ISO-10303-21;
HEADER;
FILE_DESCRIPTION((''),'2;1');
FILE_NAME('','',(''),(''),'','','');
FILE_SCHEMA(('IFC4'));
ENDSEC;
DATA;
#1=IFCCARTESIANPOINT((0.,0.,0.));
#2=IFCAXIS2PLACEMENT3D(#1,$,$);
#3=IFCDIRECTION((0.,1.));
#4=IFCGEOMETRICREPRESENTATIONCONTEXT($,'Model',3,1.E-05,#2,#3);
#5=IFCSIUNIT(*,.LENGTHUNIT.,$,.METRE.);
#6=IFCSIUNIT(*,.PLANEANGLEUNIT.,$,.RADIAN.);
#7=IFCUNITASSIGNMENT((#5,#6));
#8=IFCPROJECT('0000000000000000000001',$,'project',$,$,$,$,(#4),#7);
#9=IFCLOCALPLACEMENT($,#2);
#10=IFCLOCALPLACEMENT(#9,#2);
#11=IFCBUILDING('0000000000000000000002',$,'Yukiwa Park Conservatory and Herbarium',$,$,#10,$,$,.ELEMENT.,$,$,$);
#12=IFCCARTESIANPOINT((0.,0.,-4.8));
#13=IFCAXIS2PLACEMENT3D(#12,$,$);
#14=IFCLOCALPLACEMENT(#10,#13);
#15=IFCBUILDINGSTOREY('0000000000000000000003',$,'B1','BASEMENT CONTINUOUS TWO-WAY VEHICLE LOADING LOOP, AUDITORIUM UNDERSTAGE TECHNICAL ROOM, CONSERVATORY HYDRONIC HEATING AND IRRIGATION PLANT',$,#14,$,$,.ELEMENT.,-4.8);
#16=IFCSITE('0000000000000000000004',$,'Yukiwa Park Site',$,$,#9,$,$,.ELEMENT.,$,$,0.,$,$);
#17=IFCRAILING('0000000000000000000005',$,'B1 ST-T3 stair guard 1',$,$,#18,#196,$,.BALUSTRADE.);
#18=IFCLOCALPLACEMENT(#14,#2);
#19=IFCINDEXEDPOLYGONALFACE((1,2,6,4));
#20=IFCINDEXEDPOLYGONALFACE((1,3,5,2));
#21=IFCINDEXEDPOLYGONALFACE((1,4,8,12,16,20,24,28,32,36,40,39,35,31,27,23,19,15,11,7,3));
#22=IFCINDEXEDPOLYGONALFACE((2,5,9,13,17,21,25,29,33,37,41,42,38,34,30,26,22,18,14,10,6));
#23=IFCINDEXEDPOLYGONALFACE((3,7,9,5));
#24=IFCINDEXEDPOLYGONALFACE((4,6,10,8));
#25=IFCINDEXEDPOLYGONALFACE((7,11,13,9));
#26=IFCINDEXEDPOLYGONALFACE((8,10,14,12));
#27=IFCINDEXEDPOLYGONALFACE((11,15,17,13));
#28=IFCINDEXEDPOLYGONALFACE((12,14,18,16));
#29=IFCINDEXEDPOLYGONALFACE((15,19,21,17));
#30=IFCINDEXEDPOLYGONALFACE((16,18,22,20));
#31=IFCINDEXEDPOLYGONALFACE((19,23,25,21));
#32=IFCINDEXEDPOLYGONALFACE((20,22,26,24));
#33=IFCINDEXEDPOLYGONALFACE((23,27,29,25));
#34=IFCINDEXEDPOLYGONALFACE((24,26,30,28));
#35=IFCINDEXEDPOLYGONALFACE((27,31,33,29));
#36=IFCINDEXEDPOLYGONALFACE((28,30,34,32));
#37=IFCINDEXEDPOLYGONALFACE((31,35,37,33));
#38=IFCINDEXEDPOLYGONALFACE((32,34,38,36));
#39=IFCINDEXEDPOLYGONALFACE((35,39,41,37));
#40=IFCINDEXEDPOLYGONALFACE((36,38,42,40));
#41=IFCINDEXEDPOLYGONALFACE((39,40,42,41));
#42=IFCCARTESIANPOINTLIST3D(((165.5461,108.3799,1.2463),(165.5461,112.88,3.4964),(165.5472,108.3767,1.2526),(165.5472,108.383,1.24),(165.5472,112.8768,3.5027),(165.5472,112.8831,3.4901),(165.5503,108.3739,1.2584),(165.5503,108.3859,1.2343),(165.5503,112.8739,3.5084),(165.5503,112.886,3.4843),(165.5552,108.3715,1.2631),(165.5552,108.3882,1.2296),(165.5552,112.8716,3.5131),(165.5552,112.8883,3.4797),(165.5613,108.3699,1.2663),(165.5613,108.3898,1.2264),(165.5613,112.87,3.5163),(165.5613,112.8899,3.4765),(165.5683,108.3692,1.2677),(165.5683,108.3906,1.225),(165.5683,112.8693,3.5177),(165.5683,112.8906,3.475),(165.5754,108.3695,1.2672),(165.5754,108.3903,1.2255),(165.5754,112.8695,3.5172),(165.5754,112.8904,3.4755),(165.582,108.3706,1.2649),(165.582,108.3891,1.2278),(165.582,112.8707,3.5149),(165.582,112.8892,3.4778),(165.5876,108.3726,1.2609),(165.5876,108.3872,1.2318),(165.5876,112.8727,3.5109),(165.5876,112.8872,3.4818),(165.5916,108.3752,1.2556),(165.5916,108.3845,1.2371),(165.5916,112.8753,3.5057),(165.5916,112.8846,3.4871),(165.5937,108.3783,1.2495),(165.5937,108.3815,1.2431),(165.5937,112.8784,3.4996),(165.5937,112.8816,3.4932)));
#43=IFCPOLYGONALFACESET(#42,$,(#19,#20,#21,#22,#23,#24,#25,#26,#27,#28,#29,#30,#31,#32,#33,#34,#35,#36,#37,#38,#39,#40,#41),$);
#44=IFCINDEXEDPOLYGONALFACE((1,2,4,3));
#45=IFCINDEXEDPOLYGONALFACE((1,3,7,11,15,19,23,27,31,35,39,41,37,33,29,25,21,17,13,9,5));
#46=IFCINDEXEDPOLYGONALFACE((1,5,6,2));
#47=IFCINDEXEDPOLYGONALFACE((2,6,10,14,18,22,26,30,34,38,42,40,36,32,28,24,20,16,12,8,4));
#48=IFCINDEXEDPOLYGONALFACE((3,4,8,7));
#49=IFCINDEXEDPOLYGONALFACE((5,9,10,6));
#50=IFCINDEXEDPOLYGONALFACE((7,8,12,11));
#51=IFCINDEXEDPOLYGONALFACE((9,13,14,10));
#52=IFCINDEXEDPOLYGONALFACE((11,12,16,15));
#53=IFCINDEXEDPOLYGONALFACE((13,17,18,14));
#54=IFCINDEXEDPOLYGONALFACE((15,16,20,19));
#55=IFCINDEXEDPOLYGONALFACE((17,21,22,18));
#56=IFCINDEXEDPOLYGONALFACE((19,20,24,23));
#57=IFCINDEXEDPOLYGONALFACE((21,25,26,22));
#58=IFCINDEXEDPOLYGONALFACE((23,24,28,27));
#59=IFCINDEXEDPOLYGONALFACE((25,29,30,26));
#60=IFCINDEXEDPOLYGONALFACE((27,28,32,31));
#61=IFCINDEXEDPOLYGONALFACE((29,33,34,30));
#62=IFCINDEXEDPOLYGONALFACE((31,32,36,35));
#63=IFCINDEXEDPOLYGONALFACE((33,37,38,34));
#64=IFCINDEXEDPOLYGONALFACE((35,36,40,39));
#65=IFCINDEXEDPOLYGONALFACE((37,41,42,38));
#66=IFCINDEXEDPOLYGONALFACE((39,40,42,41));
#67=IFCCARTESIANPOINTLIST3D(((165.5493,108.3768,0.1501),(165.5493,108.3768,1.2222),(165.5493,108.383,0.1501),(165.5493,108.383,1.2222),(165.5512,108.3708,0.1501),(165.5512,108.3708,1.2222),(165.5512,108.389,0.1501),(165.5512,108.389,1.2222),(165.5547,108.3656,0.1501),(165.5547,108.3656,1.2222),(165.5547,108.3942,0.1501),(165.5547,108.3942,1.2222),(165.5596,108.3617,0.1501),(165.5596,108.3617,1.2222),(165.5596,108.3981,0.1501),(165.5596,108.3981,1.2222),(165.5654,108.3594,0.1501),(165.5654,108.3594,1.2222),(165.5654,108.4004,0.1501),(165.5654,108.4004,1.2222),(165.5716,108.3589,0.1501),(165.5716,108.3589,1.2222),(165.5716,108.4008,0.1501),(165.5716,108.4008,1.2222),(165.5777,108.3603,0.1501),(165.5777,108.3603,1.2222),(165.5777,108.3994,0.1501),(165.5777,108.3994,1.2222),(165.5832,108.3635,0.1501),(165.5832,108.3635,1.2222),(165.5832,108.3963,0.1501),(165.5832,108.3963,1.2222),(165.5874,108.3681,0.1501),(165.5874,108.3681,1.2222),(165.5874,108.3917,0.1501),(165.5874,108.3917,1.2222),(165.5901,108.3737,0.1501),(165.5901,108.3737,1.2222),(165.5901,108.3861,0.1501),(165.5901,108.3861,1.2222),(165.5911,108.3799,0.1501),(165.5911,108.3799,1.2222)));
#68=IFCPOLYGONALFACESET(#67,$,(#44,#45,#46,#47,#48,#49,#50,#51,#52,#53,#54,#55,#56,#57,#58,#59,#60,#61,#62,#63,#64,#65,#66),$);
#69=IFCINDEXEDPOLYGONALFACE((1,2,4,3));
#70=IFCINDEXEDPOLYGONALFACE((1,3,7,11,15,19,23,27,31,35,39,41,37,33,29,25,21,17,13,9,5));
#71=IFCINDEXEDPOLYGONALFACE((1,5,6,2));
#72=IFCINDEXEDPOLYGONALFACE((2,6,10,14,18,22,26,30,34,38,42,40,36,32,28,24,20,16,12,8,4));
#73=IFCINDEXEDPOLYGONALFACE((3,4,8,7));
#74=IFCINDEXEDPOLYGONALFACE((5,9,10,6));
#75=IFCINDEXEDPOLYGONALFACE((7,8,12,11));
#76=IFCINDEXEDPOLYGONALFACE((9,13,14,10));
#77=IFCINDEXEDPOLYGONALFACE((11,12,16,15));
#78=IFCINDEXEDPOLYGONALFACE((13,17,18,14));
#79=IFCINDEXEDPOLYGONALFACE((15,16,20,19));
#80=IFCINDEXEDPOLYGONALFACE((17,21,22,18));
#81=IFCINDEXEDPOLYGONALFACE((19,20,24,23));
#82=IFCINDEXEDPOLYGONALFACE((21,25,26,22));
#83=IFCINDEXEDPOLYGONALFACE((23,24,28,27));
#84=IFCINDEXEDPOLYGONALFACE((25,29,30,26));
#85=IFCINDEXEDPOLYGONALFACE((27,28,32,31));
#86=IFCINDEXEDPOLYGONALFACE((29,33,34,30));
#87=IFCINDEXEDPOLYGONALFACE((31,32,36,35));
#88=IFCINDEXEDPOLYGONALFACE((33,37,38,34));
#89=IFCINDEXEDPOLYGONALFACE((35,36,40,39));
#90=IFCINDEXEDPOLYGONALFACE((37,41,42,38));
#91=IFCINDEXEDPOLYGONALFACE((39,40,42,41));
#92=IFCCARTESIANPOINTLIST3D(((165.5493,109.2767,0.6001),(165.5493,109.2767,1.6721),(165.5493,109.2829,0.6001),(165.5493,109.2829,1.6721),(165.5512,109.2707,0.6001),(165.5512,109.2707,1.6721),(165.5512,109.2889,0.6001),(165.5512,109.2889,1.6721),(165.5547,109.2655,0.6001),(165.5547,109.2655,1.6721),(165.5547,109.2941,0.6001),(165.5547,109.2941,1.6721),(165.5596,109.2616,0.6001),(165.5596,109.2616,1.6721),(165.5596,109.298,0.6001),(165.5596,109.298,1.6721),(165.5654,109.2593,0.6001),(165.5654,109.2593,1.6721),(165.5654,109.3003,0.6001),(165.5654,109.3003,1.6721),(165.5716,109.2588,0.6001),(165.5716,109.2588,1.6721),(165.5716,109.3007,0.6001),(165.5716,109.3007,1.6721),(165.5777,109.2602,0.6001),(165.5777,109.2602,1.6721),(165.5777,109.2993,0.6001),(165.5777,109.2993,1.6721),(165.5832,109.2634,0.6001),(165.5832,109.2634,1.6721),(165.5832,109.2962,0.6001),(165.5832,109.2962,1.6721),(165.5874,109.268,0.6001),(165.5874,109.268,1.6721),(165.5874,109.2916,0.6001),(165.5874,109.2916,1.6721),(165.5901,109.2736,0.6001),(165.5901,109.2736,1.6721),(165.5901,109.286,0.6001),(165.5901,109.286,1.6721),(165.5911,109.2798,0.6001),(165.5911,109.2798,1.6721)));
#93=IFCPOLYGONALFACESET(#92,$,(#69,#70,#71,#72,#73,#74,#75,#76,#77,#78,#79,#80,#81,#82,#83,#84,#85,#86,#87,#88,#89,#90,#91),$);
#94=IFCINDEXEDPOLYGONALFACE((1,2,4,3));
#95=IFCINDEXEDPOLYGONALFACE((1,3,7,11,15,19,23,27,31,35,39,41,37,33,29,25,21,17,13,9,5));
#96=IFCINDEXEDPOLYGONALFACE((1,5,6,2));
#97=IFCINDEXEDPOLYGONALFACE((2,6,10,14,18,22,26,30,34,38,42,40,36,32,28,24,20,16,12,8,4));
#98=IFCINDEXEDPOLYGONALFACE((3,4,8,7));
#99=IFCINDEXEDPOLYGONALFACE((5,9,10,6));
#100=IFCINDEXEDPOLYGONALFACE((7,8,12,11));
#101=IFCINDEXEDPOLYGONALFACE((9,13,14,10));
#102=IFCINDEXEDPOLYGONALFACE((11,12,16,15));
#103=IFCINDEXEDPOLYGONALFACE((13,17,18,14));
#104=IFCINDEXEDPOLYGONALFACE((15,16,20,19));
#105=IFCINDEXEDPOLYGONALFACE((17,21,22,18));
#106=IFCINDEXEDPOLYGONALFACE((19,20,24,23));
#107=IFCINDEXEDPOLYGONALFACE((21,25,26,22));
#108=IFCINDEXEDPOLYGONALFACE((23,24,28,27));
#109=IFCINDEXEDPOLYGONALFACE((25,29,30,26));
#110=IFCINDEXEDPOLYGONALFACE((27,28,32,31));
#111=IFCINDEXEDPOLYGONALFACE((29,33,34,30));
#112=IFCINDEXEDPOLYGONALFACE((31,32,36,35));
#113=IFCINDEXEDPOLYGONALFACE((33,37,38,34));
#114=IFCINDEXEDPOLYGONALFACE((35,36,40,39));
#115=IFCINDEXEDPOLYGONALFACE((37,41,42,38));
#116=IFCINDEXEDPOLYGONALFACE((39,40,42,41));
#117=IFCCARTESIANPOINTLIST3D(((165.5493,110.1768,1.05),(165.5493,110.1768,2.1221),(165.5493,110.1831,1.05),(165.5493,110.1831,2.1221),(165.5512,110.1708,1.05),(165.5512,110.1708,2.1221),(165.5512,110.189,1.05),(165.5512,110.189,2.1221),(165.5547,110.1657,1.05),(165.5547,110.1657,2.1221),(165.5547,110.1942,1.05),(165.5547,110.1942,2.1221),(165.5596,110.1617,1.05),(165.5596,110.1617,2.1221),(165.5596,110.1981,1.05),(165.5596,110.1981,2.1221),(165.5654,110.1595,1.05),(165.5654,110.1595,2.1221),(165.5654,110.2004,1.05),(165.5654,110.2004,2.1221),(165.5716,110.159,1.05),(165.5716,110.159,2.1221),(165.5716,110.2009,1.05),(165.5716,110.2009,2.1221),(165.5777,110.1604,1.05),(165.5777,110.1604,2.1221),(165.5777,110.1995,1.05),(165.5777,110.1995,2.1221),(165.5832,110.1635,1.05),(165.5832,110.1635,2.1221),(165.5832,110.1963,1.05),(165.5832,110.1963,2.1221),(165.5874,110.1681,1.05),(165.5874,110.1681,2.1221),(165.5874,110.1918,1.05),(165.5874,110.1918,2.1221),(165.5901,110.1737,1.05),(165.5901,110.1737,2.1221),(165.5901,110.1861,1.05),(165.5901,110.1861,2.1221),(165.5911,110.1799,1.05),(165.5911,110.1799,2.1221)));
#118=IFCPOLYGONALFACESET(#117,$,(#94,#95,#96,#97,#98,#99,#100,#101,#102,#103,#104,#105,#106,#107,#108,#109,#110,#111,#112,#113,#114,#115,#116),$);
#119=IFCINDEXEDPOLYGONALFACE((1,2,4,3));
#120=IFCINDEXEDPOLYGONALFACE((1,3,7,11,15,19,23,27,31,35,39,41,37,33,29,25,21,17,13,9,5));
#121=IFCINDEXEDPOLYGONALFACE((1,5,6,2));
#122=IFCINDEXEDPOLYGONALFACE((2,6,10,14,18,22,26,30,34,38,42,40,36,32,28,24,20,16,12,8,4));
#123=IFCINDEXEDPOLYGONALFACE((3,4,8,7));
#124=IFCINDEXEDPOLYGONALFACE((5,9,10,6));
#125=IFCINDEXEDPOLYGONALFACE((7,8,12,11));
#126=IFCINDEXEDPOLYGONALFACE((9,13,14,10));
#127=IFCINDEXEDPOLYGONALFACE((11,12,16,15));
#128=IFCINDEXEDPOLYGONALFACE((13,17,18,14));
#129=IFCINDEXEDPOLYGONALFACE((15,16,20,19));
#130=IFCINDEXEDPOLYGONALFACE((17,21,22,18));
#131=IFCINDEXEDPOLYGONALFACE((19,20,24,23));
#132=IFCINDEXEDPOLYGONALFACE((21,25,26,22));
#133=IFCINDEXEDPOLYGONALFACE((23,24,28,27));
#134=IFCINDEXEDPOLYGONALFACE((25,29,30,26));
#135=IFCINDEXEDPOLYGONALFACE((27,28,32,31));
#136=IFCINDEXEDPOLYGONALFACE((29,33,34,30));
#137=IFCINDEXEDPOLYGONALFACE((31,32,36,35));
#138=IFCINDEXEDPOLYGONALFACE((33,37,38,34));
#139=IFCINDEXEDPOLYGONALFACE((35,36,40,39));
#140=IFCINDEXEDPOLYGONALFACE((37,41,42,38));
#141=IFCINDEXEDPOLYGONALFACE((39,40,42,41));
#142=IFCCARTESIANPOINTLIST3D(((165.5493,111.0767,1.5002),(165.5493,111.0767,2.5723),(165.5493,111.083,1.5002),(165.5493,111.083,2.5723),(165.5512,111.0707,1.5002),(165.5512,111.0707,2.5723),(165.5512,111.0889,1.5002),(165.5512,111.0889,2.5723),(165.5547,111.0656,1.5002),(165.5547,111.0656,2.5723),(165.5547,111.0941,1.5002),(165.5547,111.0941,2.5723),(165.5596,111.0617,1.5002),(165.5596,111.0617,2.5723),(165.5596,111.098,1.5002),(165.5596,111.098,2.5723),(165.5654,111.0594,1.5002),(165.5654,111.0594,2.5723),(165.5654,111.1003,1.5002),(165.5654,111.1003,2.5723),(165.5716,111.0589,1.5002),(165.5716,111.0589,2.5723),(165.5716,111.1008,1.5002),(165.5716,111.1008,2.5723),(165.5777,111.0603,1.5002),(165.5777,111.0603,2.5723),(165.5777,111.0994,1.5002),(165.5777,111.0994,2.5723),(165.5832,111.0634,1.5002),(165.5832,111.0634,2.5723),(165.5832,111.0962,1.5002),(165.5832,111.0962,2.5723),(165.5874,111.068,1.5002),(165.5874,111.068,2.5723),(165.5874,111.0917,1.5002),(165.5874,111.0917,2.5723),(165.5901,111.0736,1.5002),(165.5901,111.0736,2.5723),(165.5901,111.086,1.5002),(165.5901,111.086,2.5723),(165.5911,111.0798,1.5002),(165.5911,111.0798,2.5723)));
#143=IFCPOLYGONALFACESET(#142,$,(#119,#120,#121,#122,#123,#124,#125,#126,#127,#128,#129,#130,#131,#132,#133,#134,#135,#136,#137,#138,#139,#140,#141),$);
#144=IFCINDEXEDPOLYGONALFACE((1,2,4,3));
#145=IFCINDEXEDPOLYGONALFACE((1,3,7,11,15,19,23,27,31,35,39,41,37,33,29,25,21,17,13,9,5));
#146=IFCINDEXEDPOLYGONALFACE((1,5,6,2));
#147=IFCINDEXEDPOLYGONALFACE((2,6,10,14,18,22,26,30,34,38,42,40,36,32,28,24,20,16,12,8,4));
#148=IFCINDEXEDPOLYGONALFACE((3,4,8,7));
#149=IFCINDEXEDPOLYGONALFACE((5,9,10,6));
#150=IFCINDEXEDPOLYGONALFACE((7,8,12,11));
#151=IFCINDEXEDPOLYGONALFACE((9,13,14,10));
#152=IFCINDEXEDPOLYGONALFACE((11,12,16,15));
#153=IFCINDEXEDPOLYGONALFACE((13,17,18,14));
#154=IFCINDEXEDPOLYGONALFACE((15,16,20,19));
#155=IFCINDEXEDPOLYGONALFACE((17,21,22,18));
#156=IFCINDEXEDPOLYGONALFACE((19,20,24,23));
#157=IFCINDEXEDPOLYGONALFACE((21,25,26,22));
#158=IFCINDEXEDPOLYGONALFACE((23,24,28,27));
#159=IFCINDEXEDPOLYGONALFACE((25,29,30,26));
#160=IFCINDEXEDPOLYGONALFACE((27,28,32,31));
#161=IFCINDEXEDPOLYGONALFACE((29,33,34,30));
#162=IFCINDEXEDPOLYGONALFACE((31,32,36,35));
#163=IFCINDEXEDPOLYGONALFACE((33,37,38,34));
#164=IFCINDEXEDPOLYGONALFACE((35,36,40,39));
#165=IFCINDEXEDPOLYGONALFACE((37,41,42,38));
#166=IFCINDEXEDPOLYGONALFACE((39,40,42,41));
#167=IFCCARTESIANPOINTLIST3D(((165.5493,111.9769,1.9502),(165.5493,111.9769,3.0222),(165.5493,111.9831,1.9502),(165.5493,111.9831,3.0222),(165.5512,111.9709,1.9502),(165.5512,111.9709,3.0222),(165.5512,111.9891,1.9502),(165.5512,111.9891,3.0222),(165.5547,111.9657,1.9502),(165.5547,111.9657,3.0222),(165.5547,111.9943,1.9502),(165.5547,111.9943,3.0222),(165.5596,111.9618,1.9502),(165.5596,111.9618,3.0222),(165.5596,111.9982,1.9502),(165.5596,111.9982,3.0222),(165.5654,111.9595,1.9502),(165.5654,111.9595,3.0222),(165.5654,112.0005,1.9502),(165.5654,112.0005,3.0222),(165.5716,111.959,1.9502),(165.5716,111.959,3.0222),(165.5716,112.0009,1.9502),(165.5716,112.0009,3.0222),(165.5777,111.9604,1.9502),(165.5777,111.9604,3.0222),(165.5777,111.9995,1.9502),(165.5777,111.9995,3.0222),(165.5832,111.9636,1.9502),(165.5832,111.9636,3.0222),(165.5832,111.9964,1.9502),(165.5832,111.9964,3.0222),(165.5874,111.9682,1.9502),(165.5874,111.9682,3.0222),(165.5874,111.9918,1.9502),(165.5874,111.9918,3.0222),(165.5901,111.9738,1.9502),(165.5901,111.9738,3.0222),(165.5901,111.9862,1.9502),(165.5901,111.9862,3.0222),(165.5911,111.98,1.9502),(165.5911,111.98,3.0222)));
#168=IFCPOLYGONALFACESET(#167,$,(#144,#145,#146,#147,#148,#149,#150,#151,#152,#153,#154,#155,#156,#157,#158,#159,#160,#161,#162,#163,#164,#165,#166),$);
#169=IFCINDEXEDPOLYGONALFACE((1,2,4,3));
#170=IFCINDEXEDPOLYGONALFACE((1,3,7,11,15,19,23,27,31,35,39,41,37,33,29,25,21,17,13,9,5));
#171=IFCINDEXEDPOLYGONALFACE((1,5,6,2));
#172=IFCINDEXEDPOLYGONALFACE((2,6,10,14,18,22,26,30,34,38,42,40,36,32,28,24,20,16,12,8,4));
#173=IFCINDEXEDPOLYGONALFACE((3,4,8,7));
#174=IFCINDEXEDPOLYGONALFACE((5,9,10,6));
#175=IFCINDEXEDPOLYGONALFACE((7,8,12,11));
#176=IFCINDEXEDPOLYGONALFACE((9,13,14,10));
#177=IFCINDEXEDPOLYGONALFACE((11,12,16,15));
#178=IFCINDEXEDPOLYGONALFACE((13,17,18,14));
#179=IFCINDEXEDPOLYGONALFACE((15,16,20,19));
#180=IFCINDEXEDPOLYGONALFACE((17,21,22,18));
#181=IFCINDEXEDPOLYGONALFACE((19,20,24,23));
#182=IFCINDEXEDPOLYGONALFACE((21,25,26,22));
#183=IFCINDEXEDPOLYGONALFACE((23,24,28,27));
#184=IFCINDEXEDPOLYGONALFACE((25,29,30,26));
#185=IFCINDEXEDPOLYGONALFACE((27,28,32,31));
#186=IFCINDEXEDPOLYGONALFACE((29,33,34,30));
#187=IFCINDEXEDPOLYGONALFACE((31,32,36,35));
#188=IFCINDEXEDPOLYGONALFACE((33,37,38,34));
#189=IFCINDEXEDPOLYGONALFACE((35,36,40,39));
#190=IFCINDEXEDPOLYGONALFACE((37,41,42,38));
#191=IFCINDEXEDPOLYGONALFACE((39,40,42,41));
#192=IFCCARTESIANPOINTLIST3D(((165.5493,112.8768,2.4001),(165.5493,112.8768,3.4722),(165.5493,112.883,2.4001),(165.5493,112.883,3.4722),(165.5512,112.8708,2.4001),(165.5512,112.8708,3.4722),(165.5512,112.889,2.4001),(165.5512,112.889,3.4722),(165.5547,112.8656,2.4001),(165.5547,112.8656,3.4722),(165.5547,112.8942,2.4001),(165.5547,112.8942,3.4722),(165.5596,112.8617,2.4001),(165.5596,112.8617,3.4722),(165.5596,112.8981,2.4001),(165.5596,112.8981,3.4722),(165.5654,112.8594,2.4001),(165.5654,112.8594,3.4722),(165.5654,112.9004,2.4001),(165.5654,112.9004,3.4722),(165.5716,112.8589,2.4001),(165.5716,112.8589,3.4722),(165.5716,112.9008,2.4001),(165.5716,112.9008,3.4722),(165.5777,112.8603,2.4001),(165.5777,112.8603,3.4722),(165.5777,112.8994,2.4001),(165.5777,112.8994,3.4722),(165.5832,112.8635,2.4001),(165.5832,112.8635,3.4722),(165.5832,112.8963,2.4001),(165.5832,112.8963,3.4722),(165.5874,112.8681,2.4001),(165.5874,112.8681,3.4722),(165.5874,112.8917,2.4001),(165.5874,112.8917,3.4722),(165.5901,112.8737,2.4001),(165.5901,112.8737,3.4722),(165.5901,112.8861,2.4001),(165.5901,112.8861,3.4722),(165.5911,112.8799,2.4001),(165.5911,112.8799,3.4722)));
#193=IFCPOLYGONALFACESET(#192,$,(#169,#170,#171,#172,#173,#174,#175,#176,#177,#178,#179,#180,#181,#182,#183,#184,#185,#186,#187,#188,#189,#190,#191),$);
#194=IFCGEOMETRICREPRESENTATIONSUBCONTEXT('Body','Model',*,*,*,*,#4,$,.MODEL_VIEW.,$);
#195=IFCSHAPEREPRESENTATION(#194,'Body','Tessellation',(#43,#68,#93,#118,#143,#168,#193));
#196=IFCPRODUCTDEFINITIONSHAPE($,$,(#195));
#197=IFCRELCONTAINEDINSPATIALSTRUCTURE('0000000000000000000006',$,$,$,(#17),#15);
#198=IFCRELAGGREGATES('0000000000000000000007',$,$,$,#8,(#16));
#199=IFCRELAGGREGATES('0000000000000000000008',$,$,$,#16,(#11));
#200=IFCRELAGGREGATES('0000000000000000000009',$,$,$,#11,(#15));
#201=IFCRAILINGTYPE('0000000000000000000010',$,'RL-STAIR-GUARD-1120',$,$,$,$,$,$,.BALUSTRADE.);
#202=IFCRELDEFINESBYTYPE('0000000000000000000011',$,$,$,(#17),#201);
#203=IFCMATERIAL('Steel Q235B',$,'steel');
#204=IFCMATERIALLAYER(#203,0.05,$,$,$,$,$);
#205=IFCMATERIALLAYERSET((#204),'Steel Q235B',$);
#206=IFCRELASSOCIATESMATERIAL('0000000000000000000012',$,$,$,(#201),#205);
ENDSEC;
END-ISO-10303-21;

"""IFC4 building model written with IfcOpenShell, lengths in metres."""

from ifc_helpers import new_model, si_unit, direction, frame, origin, origin_2d, place, context, subcontext, project, spatial, circle, extrude, material, layer, layer_set, type_object, element, save


model = new_model("IFC4")

# Units and contexts
model_context = context("Model", 3, precision=1e-05, world=origin(), true_north=direction((0.0, 1.0)))
body_context = subcontext(model_context, "Body", "Model", "MODEL_VIEW")
ifc_project = project(units=[si_unit("LENGTHUNIT", "METRE"), si_unit("PLANEANGLEUNIT", "RADIAN")], contexts=[model_context])

# Site, building, storey
site_placement = place(None, origin())
site = spatial("IfcSite", under=ifc_project, at=site_placement, Name="Yukiwa Park Site", CompositionType="ELEMENT", RefElevation=0.0)
building_placement = place(site_placement, origin())
building = spatial("IfcBuilding", under=site, at=building_placement, Name="Yukiwa Park Conservatory and Herbarium", CompositionType="ELEMENT")
storey_placement = place(building_placement, frame((0.0, 0.0, -4.8)))
storey = spatial("IfcBuildingStorey", under=building, at=storey_placement, Name="B1", Description="BASEMENT CONTINUOUS TWO-WAY VEHICLE LOADING LOOP, AUDITORIUM UNDERSTAGE TECHNICAL ROOM, CONSERVATORY HYDRONIC HEATING AND IRRIGATION PLANT", CompositionType="ELEMENT", Elevation=-4.8)

# Railing
ifc_material_1 = material(Name="Steel Q235B", Category="steel")
ifc_layer_1 = layer(ifc_material_1, 0.05)
ifc_layer_set_1 = layer_set([ifc_layer_1], Name="Steel Q235B")
railing_type_1 = type_object("IfcRailingType", Name="RL-STAIR-GUARD-1120", PredefinedType="BALUSTRADE", material=ifc_layer_set_1)
railing_1_placement = place(storey_placement, frame((165.5701, 108.3799, 0.1501)))
element("IfcRailing", 1, at=railing_1_placement, inside=storey, type_object=railing_type_1, Name="B1 ST-T3 stair guard 1", PredefinedType="BALUSTRADE", context=body_context, shape_type="SweptSolid", body=[
    extrude(circle(Radius=0.0239, at=origin_2d()), frame((0.0, 0.0, 1.0962), z_axis=(0.0, 0.894427, 0.447214), x_axis=(-1.0, 0.0, 0.0)), (0.0, 0.0, 1.0), 5.0312),
    extrude(circle(Radius=0.021, at=origin_2d()), origin(), (0.0, 0.0, 1.0), 1.072),
    extrude(circle(Radius=0.021, at=origin_2d()), frame((0.0, 0.8999, 0.45)), (0.0, 0.0, 1.0), 1.072),
    extrude(circle(Radius=0.021, at=origin_2d()), frame((0.0, 1.8, 0.8999)), (0.0, 0.0, 1.0), 1.072),
    extrude(circle(Radius=0.021, at=origin_2d()), frame((0.0, 2.7, 1.3501)), (0.0, 0.0, 1.0), 1.072),
    extrude(circle(Radius=0.021, at=origin_2d()), frame((0.0, 3.6001, 1.8)), (0.0, 0.0, 1.0), 1.072),
    extrude(circle(Radius=0.021, at=origin_2d()), frame((0.0, 4.5, 2.25)), (0.0, 0.0, 1.0), 1.072),
])

save(model, "model.ifc")
